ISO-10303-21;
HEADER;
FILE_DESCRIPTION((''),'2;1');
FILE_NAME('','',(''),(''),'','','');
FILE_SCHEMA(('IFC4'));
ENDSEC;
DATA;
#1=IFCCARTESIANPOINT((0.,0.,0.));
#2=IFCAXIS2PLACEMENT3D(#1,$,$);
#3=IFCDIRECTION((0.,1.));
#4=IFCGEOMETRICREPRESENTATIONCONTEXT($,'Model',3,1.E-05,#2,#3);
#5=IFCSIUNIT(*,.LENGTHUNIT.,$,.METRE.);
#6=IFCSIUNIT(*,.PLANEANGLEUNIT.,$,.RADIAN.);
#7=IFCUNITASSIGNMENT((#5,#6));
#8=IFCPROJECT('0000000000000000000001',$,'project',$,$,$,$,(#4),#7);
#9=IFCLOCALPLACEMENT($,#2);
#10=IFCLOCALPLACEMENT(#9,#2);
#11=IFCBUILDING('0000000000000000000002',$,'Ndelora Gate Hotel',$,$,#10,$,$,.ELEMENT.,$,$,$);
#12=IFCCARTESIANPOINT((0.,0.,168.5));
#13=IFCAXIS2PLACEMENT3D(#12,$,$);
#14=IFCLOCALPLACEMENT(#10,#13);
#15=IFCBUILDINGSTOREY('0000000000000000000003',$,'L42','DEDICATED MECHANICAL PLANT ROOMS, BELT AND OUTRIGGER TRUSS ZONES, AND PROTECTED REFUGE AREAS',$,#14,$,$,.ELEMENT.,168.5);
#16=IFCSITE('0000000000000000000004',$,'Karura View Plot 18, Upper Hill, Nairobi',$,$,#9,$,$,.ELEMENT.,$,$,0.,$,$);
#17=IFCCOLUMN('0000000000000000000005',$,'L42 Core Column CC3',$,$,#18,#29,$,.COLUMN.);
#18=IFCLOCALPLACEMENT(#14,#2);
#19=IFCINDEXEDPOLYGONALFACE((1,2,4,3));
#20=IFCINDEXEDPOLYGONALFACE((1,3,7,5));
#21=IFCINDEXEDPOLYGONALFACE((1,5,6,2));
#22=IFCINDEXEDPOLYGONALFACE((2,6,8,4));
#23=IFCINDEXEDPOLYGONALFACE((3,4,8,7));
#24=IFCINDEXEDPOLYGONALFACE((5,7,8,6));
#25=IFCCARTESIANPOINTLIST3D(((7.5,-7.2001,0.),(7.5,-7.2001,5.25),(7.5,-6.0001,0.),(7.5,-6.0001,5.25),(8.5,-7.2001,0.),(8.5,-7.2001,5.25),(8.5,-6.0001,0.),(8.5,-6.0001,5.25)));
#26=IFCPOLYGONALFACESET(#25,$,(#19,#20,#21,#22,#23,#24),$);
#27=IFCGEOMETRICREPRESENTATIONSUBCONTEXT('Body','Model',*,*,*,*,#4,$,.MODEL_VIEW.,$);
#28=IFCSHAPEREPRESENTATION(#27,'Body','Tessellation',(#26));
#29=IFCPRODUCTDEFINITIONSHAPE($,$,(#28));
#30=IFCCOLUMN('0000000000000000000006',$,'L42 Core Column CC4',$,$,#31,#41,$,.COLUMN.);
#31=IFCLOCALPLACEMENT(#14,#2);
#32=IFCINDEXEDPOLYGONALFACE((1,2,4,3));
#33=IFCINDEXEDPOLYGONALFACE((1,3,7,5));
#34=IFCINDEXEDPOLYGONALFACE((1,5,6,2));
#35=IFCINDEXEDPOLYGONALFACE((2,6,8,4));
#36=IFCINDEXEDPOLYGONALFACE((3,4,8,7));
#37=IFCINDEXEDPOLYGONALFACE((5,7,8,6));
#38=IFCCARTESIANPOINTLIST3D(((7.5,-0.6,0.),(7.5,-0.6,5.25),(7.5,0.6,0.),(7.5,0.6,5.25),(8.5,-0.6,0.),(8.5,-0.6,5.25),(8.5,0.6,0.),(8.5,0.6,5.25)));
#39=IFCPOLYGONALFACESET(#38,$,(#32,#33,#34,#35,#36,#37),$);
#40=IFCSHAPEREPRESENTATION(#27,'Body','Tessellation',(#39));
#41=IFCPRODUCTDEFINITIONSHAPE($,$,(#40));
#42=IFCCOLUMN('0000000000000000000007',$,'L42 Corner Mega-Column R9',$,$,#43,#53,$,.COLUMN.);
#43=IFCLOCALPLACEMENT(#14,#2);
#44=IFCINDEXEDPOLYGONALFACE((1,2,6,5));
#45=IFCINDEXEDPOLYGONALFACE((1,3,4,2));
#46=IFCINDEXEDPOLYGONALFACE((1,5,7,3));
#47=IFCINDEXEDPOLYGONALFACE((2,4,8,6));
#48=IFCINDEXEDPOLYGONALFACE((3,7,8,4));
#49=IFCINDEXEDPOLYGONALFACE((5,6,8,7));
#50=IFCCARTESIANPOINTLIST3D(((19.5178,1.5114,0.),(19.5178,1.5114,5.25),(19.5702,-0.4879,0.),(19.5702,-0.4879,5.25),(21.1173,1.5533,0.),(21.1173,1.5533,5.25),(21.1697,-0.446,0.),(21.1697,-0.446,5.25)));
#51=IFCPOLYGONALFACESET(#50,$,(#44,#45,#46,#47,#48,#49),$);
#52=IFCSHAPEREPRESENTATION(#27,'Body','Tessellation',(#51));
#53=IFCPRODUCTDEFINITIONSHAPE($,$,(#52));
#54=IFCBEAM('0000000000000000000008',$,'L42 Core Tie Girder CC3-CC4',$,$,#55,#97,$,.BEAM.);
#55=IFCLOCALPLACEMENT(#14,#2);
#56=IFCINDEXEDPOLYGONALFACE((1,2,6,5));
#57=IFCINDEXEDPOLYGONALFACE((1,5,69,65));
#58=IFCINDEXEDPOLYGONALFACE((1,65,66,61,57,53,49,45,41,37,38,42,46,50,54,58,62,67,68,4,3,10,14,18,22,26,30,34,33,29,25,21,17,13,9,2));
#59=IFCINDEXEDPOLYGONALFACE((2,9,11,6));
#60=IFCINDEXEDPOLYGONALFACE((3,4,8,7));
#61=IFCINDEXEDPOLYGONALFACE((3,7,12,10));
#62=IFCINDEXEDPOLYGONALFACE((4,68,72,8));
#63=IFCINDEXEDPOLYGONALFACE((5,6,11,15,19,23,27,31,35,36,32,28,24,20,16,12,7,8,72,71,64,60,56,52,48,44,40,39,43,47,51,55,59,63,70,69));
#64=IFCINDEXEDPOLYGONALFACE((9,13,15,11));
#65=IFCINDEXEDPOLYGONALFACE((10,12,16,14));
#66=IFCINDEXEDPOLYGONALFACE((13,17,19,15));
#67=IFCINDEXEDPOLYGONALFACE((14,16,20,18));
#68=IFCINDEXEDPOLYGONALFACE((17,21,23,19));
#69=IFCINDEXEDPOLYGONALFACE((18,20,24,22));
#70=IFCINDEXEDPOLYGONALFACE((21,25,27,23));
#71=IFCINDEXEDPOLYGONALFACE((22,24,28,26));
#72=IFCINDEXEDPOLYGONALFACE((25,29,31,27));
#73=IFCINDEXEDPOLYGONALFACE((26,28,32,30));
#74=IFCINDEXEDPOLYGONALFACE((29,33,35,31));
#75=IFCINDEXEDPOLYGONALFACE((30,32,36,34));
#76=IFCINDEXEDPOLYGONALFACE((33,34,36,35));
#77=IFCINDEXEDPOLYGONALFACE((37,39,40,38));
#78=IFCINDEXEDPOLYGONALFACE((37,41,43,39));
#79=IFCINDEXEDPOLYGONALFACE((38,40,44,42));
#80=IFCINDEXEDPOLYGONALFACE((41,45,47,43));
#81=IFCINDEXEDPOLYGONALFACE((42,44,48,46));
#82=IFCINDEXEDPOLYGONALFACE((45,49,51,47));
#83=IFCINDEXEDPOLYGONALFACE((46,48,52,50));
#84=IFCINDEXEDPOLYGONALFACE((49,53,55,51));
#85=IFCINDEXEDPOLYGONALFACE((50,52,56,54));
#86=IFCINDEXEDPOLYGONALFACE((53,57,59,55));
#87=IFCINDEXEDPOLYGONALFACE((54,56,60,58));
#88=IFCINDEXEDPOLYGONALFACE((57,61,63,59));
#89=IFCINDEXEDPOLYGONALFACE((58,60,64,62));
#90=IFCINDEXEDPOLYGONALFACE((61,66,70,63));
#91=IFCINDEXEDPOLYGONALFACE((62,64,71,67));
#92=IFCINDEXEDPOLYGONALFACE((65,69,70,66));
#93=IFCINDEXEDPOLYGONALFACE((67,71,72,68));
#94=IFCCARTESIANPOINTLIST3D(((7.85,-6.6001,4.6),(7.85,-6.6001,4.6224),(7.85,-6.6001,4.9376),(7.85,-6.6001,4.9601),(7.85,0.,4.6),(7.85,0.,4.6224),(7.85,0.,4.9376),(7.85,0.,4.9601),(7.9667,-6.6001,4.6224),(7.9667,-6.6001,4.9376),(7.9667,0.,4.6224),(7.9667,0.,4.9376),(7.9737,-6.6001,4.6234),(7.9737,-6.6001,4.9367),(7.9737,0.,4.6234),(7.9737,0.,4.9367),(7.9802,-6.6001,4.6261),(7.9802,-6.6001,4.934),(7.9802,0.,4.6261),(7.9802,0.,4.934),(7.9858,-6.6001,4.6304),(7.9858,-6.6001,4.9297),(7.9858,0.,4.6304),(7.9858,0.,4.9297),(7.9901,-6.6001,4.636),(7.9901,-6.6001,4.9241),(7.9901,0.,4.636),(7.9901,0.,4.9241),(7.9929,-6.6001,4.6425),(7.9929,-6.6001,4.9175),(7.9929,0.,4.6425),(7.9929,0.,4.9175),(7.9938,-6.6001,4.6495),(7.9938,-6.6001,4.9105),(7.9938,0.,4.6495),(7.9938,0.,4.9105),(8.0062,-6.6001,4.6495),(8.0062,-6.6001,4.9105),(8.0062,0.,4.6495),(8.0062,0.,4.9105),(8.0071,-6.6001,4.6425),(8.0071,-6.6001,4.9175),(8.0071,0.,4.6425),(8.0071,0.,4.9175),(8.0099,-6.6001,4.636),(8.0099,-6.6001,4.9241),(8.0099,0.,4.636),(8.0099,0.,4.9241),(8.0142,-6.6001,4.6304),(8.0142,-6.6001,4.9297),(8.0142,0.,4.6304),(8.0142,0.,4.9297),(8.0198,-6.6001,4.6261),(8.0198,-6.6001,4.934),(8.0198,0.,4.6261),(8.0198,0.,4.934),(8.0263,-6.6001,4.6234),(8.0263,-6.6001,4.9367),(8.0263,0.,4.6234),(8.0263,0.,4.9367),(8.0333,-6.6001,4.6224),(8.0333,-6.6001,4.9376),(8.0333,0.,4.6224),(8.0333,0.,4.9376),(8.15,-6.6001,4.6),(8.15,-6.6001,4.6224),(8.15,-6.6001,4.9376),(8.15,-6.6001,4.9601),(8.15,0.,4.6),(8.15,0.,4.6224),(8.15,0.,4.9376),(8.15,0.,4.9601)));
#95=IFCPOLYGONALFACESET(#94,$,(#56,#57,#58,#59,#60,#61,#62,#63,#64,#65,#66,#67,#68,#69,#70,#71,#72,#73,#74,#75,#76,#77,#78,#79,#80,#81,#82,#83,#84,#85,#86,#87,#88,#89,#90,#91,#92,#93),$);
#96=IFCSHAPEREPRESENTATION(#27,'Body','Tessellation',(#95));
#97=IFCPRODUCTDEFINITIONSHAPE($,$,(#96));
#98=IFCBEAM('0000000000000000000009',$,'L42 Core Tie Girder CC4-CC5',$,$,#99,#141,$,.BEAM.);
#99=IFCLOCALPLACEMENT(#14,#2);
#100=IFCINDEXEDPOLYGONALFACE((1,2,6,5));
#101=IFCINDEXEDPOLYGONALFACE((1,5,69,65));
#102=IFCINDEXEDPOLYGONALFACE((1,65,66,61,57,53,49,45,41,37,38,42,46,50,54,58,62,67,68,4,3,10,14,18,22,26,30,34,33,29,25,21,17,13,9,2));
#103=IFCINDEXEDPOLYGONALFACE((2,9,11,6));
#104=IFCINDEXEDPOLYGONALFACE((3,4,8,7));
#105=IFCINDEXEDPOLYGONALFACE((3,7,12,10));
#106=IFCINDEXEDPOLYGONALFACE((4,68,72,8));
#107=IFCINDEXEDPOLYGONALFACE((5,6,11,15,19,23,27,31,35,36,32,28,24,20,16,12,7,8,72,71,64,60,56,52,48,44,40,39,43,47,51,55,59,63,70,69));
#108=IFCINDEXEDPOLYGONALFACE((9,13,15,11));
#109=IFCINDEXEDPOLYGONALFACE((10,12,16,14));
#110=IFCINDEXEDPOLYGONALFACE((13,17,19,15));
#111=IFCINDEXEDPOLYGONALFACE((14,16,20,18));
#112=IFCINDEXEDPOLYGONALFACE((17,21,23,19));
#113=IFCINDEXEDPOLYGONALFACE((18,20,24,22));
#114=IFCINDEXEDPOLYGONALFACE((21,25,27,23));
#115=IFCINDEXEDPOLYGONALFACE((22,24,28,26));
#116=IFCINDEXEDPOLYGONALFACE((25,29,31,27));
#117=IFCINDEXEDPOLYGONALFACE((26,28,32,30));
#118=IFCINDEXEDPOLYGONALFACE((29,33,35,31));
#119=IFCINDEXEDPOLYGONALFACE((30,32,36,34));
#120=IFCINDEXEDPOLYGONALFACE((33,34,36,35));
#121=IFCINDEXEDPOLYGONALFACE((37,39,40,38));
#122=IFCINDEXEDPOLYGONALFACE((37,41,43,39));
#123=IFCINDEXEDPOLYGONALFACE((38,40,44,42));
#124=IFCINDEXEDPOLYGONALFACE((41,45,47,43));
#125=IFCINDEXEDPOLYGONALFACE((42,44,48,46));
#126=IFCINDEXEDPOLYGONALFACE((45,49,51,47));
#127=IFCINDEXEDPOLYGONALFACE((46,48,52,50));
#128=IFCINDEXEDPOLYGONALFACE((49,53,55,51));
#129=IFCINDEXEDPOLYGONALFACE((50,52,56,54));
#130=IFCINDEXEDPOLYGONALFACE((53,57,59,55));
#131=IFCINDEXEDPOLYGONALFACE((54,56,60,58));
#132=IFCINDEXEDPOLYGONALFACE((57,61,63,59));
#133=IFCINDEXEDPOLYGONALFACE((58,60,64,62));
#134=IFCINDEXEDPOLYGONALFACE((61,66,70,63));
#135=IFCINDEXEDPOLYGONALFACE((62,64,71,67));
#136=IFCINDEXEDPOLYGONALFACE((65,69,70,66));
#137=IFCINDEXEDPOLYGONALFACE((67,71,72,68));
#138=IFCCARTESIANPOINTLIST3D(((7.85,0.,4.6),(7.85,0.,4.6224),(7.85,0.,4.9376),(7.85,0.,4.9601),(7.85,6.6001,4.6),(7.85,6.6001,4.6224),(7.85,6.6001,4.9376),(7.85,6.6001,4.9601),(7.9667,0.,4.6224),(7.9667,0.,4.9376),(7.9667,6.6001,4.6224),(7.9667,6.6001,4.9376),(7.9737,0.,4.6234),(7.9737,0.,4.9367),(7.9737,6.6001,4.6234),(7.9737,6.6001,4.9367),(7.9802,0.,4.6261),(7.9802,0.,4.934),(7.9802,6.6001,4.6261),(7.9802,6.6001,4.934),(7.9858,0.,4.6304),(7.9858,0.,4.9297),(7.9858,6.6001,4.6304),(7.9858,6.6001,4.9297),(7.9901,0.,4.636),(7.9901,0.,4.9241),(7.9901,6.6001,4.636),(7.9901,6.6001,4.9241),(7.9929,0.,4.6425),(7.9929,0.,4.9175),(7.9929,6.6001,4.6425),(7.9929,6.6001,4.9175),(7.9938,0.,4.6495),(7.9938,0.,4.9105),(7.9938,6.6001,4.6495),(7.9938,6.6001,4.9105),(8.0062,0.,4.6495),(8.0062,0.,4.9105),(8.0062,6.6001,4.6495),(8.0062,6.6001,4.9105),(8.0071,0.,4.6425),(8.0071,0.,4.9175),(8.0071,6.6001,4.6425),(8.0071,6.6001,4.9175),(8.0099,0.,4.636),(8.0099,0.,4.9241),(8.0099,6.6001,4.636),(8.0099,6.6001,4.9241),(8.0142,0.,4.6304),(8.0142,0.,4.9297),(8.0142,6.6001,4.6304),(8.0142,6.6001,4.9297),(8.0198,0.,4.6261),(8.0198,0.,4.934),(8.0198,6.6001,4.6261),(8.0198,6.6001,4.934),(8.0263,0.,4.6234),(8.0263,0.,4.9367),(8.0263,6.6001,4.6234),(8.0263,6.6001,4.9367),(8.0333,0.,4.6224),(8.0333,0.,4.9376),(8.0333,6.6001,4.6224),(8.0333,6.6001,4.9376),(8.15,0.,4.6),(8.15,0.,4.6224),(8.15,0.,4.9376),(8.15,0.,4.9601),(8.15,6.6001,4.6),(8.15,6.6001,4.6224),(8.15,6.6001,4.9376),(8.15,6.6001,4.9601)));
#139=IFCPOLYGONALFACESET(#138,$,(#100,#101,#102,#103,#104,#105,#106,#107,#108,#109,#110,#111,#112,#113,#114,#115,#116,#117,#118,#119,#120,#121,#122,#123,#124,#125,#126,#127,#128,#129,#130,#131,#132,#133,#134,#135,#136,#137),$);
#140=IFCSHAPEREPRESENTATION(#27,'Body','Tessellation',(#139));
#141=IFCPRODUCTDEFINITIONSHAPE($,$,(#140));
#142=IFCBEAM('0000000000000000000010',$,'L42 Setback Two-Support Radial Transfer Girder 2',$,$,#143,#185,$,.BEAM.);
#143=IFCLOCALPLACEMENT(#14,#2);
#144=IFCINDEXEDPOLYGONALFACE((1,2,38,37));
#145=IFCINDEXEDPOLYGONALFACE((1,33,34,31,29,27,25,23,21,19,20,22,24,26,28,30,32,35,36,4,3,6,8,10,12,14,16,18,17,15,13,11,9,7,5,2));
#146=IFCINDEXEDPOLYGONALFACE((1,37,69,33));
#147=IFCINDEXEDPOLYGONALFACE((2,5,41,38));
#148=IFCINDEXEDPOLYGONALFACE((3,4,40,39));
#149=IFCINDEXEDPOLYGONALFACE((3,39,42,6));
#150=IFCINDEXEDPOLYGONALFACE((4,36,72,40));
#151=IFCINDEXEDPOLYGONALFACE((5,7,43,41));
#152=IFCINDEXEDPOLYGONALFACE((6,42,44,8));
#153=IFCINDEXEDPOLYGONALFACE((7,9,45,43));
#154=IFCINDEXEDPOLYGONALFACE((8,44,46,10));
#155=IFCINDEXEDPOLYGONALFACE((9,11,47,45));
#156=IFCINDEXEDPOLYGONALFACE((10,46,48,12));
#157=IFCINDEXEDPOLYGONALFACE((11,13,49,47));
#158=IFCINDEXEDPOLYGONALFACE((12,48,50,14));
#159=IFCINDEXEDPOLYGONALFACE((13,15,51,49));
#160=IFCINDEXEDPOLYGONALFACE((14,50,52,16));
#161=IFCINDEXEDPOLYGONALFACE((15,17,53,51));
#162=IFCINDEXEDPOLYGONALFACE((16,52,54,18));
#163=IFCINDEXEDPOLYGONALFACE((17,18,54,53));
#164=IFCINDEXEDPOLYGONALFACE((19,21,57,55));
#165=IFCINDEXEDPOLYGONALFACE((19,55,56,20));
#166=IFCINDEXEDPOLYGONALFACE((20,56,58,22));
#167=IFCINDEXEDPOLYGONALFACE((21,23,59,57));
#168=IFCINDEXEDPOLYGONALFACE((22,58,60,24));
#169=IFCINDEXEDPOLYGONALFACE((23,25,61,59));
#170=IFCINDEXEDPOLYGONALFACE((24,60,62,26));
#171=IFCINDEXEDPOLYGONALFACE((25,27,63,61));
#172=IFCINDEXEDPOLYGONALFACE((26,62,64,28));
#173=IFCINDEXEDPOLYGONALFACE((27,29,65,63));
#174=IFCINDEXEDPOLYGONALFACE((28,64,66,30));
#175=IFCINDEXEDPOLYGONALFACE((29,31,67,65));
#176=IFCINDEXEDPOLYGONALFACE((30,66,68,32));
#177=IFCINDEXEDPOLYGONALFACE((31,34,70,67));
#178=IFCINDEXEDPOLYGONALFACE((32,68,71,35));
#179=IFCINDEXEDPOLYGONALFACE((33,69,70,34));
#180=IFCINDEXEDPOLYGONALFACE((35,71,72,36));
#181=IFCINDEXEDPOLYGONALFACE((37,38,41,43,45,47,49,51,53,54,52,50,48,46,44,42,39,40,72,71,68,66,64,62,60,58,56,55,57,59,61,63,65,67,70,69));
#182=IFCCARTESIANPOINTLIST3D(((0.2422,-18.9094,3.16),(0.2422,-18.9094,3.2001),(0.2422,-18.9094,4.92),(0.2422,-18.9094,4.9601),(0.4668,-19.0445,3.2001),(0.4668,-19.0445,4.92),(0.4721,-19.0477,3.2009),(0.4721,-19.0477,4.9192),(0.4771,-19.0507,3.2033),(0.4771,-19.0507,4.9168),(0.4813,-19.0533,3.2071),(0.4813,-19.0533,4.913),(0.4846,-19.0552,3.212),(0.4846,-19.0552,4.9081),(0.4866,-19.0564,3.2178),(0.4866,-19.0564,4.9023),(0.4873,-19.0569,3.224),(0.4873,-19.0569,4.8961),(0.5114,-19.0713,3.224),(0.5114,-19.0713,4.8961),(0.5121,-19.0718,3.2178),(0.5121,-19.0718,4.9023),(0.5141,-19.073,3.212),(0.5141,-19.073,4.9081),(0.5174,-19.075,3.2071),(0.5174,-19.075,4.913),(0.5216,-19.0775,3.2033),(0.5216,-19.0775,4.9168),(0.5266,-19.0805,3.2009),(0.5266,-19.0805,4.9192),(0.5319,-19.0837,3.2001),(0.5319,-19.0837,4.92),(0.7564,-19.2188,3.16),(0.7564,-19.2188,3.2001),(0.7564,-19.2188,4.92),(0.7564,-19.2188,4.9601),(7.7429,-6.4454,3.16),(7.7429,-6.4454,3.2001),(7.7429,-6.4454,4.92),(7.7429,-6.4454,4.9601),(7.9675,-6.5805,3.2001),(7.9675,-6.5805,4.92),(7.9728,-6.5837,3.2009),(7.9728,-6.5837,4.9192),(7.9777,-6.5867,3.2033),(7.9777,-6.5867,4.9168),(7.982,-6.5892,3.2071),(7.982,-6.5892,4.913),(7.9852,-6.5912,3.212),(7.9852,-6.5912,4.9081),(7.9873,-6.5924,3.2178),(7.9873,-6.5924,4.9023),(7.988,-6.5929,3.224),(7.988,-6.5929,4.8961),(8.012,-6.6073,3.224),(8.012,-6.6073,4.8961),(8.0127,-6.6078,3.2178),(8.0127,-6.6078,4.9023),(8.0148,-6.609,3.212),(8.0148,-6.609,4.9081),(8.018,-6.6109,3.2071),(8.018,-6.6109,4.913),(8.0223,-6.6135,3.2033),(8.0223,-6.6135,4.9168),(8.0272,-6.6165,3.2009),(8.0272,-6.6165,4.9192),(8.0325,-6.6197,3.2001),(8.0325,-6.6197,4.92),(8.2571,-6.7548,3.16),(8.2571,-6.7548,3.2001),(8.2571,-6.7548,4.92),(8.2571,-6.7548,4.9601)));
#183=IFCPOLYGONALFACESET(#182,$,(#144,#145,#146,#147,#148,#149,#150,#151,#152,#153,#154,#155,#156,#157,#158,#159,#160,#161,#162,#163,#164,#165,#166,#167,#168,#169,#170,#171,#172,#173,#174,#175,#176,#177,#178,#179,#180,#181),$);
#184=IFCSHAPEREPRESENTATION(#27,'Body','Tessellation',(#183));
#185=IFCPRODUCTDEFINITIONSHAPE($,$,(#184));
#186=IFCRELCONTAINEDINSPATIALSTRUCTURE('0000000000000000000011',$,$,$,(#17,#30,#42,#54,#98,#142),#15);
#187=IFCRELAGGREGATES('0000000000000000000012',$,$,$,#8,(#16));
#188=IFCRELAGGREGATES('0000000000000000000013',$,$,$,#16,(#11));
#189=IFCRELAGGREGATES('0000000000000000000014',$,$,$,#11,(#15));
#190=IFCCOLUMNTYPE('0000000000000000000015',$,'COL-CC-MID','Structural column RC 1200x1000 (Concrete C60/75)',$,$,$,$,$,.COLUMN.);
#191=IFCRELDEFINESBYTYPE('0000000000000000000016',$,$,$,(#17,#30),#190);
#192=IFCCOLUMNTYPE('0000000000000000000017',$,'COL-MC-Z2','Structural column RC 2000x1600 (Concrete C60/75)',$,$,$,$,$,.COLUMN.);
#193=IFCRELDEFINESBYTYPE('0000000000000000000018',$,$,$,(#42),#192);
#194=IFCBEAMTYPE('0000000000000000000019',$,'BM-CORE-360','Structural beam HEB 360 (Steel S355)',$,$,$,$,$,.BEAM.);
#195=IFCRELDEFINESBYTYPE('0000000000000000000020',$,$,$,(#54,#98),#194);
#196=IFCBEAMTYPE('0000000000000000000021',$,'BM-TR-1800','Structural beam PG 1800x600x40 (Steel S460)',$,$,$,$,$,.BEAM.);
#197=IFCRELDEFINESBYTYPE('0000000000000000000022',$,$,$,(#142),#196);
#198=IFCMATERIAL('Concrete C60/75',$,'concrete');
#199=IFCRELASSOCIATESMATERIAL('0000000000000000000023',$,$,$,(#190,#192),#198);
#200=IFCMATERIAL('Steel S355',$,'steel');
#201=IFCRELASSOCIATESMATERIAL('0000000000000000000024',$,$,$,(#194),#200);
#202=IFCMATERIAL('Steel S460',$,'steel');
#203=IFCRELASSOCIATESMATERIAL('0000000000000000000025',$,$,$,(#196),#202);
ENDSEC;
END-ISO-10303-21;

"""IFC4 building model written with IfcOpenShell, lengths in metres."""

from ifc_helpers import new_model, si_unit, direction, frame, origin, origin_2d, place, context, subcontext, project, spatial, rectangle, i_section, extrude, material, material_profile, profile_set, type_object, element, save


model = new_model("IFC4")

# Units and contexts
model_context = context("Model", 3, precision=1e-05, world=origin(), true_north=direction((0.0, 1.0)))
body_context = subcontext(model_context, "Body", "Model", "MODEL_VIEW")
ifc_project = project(units=[si_unit("LENGTHUNIT", "METRE"), si_unit("PLANEANGLEUNIT", "RADIAN")], contexts=[model_context])

# Site, building, storey
site_placement = place(None, origin())
site = spatial("IfcSite", under=ifc_project, at=site_placement, Name="Karura View Plot 18, Upper Hill, Nairobi", CompositionType="ELEMENT", RefElevation=0.0)
building_placement = place(site_placement, origin())
building = spatial("IfcBuilding", under=site, at=building_placement, Name="Ndelora Gate Hotel", CompositionType="ELEMENT")
storey_placement = place(building_placement, frame((0.0, 0.0, 168.5)))
storey = spatial("IfcBuildingStorey", under=building, at=storey_placement, Name="L42", Description="DEDICATED MECHANICAL PLANT ROOMS, BELT AND OUTRIGGER TRUSS ZONES, AND PROTECTED REFUGE AREAS", CompositionType="ELEMENT", Elevation=168.5)

# Columns
ifc_material_1 = material(Name="Concrete C60/75", Category="concrete")
ifc_material_profile_1 = material_profile(ifc_material_1, rectangle(XDim=1.0, YDim=1.2, at=origin_2d()), Name="RC 1200x1000")
ifc_profile_set_1 = profile_set([ifc_material_profile_1], Name="Concrete C60/75")
column_type_1 = type_object("IfcColumnType", Name="COL-CC-MID", Description="Structural column RC 1200x1000 (Concrete C60/75)", PredefinedType="COLUMN", material=ifc_profile_set_1)
for number, where, z_axis, x_axis, name in (
    (1, (8.0, -6.6001, 0.0), (0.0, 0.0, 1.0), (1.0, 0.0, 0.0), "L42 Core Column CC3"),
    (2, (8.0, 0.0, 0.0), (0.0, 0.0, 1.0), (1.0, 0.0, 0.0), "L42 Core Column CC4"),
):
    element("IfcColumn", number, at=place(storey_placement, frame(where, z_axis=z_axis, x_axis=x_axis)), inside=storey, type_object=column_type_1, Name=name, PredefinedType="COLUMN", context=body_context, shape_type="SweptSolid", body=[
        extrude(rectangle(XDim=1.0, YDim=1.2, at=origin_2d()), origin(), (0.0, 0.0, 1.0), 5.25),
    ])
ifc_material_profile_2 = material_profile(ifc_material_1, rectangle(XDim=1.6001, YDim=2.0, at=origin_2d()), Name="RC 2000x1600")
ifc_profile_set_2 = profile_set([ifc_material_profile_2], Name="Concrete C60/75")
column_type_2 = type_object("IfcColumnType", Name="COL-MC-Z2", Description="Structural column RC 2000x1600 (Concrete C60/75)", PredefinedType="COLUMN", material=ifc_profile_set_2)
column_placement = place(storey_placement, frame((20.3438, 0.5327, 0.0), z_axis=(0.0, 0.0, 1.0), x_axis=(0.999657, 0.026177, 0.0)))
element("IfcColumn", 3, at=column_placement, inside=storey, type_object=column_type_2, Name="L42 Corner Mega-Column R9", PredefinedType="COLUMN", context=body_context, shape_type="SweptSolid", body=[
    extrude(rectangle(XDim=1.6001, YDim=2.0, at=origin_2d()), origin(), (0.0, 0.0, 1.0), 5.25),
])

# Beams
ifc_material_2 = material(Name="Steel S355", Category="steel")
ifc_material_profile_3 = material_profile(ifc_material_2, i_section(OverallWidth=0.3, OverallDepth=0.3601, WebThickness=0.0125, FlangeThickness=0.0225, FilletRadius=0.0271, at=origin_2d()), Name="HEB 360")
ifc_profile_set_3 = profile_set([ifc_material_profile_3], Name="Steel S355")
beam_type_1 = type_object("IfcBeamType", Name="BM-CORE-360", Description="Structural beam HEB 360 (Steel S355)", PredefinedType="BEAM", material=ifc_profile_set_3)
for number, where, z_axis, x_axis, name in (
    (4, (8.0, -6.6001, 4.78), (0.0, 1.0, 0.0), (-1.0, 0.0, 0.0), "L42 Core Tie Girder CC3-CC4"),
    (5, (8.0, 0.0, 4.78), (0.0, 1.0, 0.0), (-1.0, 0.0, 0.0), "L42 Core Tie Girder CC4-CC5"),
):
    element("IfcBeam", number, at=place(storey_placement, frame(where, z_axis=z_axis, x_axis=x_axis)), inside=storey, type_object=beam_type_1, Name=name, PredefinedType="BEAM", context=body_context, shape_type="SweptSolid", body=[
        extrude(i_section(OverallWidth=0.3, OverallDepth=0.3601, WebThickness=0.0125, FlangeThickness=0.0225, FilletRadius=0.0271, at=origin_2d()), origin(), (0.0, 0.0, 1.0), 6.6001),
    ])
ifc_material_3 = material(Name="Steel S460", Category="steel")
ifc_material_profile_4 = material_profile(ifc_material_3, i_section(OverallWidth=0.6001, OverallDepth=1.8, WebThickness=0.0281, FlangeThickness=0.04, FilletRadius=0.0239, at=origin_2d()), Name="PG 1800x600x40")
ifc_profile_set_4 = profile_set([ifc_material_profile_4], Name="Steel S460")
beam_type_2 = type_object("IfcBeamType", Name="BM-TR-1800", Description="Structural beam PG 1800x600x40 (Steel S460)", PredefinedType="BEAM", material=ifc_profile_set_4)
beam_1_placement = place(storey_placement, frame((8.0, -6.6001, 4.0601), z_axis=(-0.515621, -0.856817, 0.0), x_axis=(0.856817, -0.515621, 0.0)))
element("IfcBeam", 6, at=beam_1_placement, inside=storey, type_object=beam_type_2, Name="L42 Setback Two-Support Radial Transfer Girder 2", PredefinedType="BEAM", context=body_context, shape_type="SweptSolid", body=[
    extrude(i_section(OverallWidth=0.6001, OverallDepth=1.8, WebThickness=0.0281, FlangeThickness=0.04, FilletRadius=0.0239, at=origin_2d()), origin(), (0.0, 0.0, 1.0), 14.5469),
])

save(model, "model.ifc")
